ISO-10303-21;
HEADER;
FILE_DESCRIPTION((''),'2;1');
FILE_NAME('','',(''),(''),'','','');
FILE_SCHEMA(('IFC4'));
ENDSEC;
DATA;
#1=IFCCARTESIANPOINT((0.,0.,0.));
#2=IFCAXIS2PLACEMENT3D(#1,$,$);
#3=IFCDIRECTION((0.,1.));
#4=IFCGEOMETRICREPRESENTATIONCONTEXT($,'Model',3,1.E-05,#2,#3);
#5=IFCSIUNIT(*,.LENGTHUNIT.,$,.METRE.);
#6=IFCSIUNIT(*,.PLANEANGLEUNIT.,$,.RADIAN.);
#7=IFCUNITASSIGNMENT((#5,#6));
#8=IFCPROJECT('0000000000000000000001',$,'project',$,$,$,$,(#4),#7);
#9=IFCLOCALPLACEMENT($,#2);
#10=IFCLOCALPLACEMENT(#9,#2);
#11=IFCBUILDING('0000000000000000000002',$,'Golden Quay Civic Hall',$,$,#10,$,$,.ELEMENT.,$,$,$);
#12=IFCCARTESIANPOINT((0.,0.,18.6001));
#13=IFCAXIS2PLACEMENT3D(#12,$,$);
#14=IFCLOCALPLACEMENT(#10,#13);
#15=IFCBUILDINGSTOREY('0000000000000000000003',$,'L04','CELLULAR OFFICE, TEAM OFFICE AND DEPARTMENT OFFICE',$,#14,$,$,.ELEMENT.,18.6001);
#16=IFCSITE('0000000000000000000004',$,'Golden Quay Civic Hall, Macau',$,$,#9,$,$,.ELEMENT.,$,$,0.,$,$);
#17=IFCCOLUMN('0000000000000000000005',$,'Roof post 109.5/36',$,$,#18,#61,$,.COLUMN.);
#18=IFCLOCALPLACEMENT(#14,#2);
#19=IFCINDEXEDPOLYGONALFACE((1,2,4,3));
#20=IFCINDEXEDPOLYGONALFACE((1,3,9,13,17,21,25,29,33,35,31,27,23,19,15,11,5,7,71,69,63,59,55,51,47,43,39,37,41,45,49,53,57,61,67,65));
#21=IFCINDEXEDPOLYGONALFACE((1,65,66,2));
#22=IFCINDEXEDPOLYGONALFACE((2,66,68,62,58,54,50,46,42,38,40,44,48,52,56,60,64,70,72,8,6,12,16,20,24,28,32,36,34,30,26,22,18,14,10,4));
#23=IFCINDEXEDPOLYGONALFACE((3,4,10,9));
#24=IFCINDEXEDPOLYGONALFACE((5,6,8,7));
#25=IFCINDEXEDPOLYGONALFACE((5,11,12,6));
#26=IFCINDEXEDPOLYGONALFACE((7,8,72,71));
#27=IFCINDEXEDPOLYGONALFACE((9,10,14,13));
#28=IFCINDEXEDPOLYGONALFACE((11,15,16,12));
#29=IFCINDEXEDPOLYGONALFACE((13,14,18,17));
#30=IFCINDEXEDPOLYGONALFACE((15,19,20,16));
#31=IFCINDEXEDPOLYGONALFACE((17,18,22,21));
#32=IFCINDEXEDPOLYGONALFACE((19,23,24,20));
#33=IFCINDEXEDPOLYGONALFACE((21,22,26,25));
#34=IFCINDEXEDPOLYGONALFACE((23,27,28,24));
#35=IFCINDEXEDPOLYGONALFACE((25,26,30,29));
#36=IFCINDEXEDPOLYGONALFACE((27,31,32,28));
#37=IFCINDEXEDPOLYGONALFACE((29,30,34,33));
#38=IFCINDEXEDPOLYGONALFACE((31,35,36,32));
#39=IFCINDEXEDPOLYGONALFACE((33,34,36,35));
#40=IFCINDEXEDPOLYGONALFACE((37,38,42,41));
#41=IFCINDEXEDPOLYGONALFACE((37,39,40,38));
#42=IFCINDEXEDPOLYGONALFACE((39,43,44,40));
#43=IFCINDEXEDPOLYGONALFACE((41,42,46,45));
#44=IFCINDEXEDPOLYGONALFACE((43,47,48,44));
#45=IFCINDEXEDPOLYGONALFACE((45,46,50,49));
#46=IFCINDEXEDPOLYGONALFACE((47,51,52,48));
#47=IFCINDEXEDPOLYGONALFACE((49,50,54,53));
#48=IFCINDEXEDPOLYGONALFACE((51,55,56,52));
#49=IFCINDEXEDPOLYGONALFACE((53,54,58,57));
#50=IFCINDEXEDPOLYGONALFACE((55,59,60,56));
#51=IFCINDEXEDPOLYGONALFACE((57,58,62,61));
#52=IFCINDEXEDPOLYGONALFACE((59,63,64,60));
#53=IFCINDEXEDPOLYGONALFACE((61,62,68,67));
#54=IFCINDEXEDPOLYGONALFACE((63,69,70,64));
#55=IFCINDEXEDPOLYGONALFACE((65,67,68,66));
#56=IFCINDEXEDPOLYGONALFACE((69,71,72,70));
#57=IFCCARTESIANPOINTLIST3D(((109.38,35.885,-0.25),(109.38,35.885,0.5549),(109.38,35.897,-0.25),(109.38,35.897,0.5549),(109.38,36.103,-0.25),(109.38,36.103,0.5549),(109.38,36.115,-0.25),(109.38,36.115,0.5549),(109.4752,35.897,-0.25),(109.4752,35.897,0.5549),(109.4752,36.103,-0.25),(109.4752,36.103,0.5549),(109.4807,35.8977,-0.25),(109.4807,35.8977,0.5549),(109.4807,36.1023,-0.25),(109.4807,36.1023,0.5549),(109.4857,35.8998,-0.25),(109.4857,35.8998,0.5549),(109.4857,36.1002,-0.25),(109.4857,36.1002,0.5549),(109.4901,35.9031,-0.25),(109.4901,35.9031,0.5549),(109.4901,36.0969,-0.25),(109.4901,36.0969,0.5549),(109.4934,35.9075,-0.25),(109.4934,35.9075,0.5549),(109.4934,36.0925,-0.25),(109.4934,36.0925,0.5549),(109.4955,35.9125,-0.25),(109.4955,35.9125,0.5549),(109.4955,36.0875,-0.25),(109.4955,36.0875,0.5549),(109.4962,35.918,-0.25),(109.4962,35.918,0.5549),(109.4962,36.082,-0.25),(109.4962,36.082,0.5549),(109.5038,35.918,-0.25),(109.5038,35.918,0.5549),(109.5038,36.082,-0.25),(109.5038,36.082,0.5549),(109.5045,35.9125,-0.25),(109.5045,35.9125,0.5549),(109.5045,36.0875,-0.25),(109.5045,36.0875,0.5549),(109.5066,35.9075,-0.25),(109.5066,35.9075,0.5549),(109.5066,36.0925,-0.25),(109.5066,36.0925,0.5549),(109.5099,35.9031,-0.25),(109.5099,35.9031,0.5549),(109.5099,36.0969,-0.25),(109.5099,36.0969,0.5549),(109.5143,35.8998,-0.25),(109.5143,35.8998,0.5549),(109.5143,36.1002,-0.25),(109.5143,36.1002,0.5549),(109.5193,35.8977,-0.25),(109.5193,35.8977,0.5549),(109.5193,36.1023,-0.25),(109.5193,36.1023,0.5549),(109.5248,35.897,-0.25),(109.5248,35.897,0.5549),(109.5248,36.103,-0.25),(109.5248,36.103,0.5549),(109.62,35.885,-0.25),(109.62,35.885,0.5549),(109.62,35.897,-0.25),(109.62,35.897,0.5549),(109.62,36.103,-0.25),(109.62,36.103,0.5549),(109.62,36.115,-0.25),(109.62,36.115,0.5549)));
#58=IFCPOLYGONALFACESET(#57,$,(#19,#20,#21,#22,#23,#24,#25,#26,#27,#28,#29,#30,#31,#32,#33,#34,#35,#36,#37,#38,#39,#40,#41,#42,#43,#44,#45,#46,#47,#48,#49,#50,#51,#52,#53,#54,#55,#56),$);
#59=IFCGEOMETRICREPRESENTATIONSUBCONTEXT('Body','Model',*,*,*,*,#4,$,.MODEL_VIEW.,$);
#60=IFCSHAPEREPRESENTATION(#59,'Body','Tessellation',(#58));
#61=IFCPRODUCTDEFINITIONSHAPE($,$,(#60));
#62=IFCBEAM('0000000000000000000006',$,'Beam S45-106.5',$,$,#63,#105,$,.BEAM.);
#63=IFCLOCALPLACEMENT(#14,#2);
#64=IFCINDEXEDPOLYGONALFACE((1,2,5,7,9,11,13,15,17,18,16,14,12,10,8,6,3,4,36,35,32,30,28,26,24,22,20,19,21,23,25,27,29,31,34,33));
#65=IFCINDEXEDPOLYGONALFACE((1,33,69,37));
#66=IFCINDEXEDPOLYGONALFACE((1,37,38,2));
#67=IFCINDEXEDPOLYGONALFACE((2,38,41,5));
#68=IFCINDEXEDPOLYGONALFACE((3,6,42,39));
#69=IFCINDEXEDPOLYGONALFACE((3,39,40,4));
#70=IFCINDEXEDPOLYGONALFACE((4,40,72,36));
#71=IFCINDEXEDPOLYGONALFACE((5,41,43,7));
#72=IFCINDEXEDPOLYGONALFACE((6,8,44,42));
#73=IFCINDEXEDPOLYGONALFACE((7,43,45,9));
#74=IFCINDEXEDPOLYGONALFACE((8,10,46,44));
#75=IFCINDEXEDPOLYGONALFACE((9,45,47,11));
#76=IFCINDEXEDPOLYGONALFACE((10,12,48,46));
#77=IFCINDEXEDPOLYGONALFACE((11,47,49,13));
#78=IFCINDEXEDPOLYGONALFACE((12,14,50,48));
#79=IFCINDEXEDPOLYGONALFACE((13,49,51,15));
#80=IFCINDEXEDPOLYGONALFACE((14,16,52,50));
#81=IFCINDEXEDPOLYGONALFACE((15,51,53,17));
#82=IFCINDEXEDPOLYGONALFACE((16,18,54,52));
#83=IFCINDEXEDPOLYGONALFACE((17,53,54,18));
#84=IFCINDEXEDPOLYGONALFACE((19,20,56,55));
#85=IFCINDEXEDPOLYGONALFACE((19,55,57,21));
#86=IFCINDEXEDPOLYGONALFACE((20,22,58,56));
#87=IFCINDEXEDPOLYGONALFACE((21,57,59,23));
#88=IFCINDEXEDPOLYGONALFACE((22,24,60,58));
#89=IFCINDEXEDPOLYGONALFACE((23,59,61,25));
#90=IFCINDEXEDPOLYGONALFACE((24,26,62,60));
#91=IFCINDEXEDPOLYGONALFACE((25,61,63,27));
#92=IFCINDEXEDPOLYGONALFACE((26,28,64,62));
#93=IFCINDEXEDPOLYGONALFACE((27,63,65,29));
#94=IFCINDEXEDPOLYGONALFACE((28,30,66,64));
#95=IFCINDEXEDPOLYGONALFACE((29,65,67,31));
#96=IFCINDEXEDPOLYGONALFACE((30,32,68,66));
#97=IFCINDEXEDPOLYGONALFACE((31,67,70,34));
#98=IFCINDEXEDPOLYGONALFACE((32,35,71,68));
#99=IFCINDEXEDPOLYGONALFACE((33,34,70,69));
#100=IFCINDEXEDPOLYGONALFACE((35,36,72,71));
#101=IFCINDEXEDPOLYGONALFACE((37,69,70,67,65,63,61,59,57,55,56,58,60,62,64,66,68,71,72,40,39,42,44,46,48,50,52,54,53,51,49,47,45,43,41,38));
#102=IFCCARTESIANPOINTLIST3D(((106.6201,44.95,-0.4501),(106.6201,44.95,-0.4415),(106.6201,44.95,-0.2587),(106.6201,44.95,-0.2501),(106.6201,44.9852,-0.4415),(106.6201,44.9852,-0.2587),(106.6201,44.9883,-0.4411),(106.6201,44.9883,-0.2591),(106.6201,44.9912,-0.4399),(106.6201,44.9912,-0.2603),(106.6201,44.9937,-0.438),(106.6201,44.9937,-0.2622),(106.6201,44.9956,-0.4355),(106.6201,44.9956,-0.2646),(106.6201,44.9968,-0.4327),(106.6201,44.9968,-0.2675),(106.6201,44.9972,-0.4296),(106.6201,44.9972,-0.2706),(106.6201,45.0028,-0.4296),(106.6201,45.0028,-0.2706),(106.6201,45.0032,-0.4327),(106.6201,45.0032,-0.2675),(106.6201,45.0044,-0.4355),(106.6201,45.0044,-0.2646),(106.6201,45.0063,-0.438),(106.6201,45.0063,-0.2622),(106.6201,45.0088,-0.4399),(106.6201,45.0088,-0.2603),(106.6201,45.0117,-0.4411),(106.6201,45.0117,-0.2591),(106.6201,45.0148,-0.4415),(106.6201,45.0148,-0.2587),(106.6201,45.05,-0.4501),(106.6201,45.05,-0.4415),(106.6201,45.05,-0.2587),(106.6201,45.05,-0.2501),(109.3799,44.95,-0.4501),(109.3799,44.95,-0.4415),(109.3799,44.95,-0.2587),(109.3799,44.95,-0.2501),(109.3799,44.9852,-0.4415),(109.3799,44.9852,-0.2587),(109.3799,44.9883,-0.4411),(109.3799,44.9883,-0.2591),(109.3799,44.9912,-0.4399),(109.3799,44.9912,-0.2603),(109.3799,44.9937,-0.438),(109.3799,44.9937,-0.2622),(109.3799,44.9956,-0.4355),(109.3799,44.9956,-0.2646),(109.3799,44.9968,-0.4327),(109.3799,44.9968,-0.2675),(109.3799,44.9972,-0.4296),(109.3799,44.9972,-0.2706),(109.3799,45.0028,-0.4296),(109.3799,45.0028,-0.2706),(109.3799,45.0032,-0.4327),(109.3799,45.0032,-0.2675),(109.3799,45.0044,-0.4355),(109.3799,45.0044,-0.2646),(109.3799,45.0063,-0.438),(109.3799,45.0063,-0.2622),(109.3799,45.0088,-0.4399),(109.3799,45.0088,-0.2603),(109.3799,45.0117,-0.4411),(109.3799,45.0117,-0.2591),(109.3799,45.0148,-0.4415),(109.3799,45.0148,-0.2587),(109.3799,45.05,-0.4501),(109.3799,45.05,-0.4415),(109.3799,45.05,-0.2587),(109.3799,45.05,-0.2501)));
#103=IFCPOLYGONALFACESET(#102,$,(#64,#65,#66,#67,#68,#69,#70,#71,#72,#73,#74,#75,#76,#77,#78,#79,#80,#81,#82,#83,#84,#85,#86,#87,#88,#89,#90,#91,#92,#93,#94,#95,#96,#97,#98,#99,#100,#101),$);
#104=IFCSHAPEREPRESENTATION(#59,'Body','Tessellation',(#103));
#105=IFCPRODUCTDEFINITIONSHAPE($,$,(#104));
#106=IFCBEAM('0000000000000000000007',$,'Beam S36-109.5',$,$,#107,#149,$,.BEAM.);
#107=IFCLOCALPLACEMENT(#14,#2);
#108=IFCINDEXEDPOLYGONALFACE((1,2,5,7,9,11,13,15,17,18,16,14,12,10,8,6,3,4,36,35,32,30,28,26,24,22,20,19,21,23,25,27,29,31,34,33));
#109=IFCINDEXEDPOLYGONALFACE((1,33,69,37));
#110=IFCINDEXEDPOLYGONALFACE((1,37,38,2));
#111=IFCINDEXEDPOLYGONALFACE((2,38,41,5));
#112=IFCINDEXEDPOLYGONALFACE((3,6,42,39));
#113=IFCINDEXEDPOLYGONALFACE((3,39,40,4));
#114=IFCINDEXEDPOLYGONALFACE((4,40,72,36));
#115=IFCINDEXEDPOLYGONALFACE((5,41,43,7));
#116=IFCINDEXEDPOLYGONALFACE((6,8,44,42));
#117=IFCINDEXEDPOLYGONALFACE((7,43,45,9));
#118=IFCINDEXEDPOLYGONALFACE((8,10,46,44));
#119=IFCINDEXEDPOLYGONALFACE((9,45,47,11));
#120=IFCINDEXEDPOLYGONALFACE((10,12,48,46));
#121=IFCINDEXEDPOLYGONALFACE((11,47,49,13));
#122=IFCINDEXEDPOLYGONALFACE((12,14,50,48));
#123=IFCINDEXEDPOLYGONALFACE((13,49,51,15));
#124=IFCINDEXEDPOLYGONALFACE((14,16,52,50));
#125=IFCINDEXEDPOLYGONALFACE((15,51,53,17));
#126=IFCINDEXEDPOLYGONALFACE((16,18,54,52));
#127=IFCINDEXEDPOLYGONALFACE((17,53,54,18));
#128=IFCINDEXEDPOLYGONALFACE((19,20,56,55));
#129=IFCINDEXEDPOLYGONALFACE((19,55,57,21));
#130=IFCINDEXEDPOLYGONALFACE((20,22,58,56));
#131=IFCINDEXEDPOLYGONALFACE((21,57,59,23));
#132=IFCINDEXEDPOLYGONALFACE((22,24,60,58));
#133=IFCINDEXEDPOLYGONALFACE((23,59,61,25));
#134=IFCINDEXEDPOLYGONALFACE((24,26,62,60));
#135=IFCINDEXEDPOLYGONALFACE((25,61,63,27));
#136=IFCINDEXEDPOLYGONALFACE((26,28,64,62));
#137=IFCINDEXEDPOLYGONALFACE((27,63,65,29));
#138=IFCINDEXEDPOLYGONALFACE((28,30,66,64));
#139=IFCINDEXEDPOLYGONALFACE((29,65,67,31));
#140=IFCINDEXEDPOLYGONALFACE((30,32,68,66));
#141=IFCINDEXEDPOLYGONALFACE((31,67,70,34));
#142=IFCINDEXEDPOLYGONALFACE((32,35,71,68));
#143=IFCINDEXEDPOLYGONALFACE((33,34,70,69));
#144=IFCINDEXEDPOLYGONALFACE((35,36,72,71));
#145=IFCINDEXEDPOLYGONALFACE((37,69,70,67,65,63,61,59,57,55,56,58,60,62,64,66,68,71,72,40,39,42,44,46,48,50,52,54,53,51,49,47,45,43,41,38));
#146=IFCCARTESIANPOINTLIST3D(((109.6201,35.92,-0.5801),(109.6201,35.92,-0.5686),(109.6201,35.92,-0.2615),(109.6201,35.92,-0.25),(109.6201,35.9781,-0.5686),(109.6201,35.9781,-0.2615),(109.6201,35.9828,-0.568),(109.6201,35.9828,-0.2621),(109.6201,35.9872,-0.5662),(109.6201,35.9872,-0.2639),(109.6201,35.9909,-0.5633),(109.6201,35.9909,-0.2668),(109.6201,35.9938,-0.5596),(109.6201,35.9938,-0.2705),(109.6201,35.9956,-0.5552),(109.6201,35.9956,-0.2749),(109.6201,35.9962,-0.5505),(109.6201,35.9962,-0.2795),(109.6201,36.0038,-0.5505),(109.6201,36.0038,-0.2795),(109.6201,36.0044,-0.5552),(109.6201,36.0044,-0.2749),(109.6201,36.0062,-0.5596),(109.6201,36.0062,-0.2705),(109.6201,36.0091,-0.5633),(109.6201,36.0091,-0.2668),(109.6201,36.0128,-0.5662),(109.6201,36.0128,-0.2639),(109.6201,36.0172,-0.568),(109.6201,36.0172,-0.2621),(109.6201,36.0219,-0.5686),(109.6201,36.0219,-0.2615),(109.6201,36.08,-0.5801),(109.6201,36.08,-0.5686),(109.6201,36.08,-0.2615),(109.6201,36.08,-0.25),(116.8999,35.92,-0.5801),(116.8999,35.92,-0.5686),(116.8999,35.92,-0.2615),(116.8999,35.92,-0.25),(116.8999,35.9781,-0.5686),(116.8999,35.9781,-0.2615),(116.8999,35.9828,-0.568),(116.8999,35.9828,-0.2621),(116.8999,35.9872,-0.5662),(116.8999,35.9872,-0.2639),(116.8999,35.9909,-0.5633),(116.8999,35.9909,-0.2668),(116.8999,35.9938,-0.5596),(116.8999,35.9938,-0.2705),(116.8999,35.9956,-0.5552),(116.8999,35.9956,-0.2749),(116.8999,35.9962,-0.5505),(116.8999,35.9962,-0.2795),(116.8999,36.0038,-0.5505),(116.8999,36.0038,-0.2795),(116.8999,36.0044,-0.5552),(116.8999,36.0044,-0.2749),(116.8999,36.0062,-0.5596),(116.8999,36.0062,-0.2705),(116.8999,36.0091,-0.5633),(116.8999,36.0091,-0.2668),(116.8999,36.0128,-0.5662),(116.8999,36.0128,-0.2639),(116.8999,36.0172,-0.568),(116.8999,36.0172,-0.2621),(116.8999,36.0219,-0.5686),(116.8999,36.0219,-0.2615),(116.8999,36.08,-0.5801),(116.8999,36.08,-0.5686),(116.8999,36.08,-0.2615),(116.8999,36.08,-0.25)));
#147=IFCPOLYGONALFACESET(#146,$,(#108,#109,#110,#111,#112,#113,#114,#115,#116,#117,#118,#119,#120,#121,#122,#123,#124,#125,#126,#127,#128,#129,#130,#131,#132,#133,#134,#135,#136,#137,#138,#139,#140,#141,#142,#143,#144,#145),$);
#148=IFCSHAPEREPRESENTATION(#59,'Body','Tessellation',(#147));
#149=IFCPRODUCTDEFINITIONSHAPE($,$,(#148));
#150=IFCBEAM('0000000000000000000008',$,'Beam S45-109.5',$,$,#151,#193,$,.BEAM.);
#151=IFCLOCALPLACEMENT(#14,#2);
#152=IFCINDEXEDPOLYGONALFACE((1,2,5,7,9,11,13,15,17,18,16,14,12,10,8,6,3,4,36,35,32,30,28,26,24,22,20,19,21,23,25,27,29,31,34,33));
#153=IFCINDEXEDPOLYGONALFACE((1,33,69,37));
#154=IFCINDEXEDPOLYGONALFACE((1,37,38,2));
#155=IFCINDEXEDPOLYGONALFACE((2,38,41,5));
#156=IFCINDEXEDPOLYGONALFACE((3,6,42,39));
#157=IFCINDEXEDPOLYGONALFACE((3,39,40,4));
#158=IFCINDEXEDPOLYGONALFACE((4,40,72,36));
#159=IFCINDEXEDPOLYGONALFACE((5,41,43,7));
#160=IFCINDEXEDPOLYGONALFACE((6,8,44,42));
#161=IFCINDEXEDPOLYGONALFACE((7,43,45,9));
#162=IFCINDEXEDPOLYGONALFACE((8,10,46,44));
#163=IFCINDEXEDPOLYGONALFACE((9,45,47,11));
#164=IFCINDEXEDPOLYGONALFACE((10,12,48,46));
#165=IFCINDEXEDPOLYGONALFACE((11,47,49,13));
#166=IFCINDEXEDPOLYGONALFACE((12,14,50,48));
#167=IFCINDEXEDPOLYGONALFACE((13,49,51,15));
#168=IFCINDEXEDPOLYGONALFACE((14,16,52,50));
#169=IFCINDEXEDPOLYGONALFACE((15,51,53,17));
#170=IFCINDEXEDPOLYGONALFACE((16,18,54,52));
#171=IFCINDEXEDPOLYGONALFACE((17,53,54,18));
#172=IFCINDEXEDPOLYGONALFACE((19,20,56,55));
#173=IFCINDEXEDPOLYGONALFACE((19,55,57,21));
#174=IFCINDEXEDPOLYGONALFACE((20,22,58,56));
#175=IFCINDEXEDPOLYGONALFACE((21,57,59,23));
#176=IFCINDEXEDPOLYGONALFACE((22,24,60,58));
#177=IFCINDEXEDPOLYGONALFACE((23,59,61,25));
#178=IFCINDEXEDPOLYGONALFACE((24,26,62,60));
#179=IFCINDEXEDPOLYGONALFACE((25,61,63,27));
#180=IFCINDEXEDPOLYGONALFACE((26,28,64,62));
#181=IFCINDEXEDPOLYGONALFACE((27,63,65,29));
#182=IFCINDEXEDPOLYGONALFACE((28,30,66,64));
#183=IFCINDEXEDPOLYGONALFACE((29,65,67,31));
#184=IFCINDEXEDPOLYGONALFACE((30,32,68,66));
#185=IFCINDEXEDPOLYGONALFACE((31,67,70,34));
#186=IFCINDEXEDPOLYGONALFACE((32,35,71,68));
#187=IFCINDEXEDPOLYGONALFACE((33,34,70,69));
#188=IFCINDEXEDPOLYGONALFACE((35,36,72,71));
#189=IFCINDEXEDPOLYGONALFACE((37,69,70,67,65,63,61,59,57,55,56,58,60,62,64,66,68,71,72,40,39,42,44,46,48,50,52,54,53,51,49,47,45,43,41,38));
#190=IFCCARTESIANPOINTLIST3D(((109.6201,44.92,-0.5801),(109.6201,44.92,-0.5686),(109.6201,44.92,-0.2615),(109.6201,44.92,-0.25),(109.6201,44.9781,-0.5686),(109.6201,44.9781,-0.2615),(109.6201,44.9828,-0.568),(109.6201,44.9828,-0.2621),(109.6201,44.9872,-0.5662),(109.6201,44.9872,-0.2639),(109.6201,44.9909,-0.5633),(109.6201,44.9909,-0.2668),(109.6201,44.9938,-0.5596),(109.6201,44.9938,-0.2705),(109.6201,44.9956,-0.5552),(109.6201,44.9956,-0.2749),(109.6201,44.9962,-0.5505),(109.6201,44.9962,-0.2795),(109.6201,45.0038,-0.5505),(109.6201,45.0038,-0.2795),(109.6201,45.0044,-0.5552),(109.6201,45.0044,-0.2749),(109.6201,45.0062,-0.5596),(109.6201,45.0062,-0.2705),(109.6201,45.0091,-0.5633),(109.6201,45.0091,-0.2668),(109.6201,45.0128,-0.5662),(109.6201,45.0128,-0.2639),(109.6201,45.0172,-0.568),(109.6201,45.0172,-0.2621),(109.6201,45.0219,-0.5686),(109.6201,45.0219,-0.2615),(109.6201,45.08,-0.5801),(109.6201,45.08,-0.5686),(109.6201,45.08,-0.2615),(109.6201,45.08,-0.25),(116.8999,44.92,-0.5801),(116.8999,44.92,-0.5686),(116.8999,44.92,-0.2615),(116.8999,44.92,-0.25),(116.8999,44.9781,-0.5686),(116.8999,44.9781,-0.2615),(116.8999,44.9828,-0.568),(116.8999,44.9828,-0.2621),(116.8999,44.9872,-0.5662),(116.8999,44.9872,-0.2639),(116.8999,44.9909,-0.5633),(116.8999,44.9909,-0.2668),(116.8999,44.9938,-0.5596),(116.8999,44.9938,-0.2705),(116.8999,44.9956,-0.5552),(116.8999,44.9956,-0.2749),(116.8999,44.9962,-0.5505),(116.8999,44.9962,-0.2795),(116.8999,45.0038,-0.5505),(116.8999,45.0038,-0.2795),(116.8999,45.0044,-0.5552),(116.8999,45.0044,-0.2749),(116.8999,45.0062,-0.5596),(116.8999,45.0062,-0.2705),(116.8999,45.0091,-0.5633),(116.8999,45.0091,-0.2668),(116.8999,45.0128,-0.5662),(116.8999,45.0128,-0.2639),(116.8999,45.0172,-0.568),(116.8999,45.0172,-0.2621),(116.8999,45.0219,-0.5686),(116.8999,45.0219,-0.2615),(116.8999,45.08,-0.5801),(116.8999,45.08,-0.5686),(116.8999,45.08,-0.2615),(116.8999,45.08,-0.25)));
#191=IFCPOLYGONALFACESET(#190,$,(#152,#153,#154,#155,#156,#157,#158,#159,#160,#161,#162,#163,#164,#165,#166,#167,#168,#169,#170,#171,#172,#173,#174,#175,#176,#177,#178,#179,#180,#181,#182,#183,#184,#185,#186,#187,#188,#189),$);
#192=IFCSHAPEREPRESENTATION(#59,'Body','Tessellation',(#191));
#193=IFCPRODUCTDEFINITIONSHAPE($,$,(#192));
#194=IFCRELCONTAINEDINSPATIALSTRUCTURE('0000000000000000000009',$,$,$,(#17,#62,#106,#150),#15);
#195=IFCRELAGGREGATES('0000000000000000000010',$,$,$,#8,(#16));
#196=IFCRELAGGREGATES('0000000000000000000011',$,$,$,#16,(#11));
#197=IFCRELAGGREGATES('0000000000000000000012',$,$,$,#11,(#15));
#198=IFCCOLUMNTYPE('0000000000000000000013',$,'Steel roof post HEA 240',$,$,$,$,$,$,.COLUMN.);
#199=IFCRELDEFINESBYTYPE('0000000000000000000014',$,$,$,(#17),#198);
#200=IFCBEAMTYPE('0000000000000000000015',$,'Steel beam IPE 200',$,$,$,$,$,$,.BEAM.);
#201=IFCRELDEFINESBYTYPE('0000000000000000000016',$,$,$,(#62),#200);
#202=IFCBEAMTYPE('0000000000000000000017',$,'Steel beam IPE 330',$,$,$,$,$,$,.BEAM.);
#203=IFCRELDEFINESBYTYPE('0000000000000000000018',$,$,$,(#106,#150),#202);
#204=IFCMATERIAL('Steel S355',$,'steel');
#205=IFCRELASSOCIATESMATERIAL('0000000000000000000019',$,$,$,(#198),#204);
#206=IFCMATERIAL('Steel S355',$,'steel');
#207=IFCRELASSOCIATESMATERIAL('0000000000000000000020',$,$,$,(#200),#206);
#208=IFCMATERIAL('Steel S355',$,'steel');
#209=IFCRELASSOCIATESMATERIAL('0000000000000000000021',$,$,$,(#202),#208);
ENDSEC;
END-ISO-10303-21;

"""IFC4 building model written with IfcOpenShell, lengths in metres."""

from ifc_helpers import new_model, si_unit, direction, frame, origin, origin_2d, place, context, subcontext, project, spatial, i_section, extrude, material, material_profile, profile_set, type_object, element, save


model = new_model("IFC4")

# Units and contexts
model_context = context("Model", 3, precision=1e-05, world=origin(), true_north=direction((0.0, 1.0)))
body_context = subcontext(model_context, "Body", "Model", "MODEL_VIEW")
ifc_project = project(units=[si_unit("LENGTHUNIT", "METRE"), si_unit("PLANEANGLEUNIT", "RADIAN")], contexts=[model_context])

# Site, building, storey
site_placement = place(None, origin())
site = spatial("IfcSite", under=ifc_project, at=site_placement, Name="Golden Quay Civic Hall, Macau", CompositionType="ELEMENT", RefElevation=0.0)
building_placement = place(site_placement, origin())
building = spatial("IfcBuilding", under=site, at=building_placement, Name="Golden Quay Civic Hall", CompositionType="ELEMENT")
storey_placement = place(building_placement, frame((0.0, 0.0, 18.6001)))
storey = spatial("IfcBuildingStorey", under=building, at=storey_placement, Name="L04", Description="CELLULAR OFFICE, TEAM OFFICE AND DEPARTMENT OFFICE", CompositionType="ELEMENT", Elevation=18.6001)

# Column
ifc_material_1 = material(Name="Steel S355", Category="steel")
ifc_material_profile_1 = material_profile(ifc_material_1, i_section(OverallWidth=0.24, OverallDepth=0.23, WebThickness=0.0076, FlangeThickness=0.012, FilletRadius=0.021, at=origin_2d()), Name="HEA 240")
ifc_profile_set_1 = profile_set([ifc_material_profile_1], Name="Steel S355")
column_type = type_object("IfcColumnType", Name="Steel roof post HEA 240", PredefinedType="COLUMN", material=ifc_profile_set_1)
column_placement = place(storey_placement, frame((109.5, 36.0, -0.25), z_axis=(0.0, 0.0, 1.0), x_axis=(1.0, 0.0, 0.0)))
element("IfcColumn", 1, at=column_placement, inside=storey, type_object=column_type, Name="Roof post 109.5/36", PredefinedType="COLUMN", context=body_context, shape_type="SweptSolid", body=[
    extrude(i_section(OverallWidth=0.24, OverallDepth=0.23, WebThickness=0.0076, FlangeThickness=0.012, FilletRadius=0.021, at=origin_2d()), origin(), (0.0, 0.0, 1.0), 0.8049),
])

# Beams
ifc_material_2 = material(Name="Steel S355", Category="steel")
ifc_material_profile_2 = material_profile(ifc_material_2, i_section(OverallWidth=0.1001, OverallDepth=0.2, WebThickness=0.0056, FlangeThickness=0.0085, FilletRadius=0.012, at=origin_2d()), Name="IPE 200")
ifc_profile_set_2 = profile_set([ifc_material_profile_2], Name="Steel S355")
beam_type_1 = type_object("IfcBeamType", Name="Steel beam IPE 200", PredefinedType="BEAM", material=ifc_profile_set_2)
beam_1_placement = place(storey_placement, frame((106.6201, 45.0, -0.3501), z_axis=(1.0, 0.0, 0.0), x_axis=(0.0, 1.0, 0.0)))
element("IfcBeam", 2, at=beam_1_placement, inside=storey, type_object=beam_type_1, Name="Beam S45-106.5", PredefinedType="BEAM", context=body_context, shape_type="SweptSolid", body=[
    extrude(i_section(OverallWidth=0.1001, OverallDepth=0.2, WebThickness=0.0056, FlangeThickness=0.0085, FilletRadius=0.012, at=origin_2d()), origin(), (0.0, 0.0, 1.0), 2.7598),
])
ifc_material_3 = material(Name="Steel S355", Category="steel")
ifc_material_profile_3 = material_profile(ifc_material_3, i_section(OverallWidth=0.1599, OverallDepth=0.3301, WebThickness=0.0076, FlangeThickness=0.0115, FilletRadius=0.0181, at=origin_2d()), Name="IPE 330")
ifc_profile_set_3 = profile_set([ifc_material_profile_3], Name="Steel S355")
beam_type_2 = type_object("IfcBeamType", Name="Steel beam IPE 330", PredefinedType="BEAM", material=ifc_profile_set_3)
for number, where, z_axis, x_axis, name in (
    (3, (109.6201, 36.0, -0.415), (1.0, 0.0, 0.0), (0.0, 1.0, 0.0), "Beam S36-109.5"),
    (4, (109.6201, 45.0, -0.415), (1.0, 0.0, 0.0), (0.0, 1.0, 0.0), "Beam S45-109.5"),
):
    element("IfcBeam", number, at=place(storey_placement, frame(where, z_axis=z_axis, x_axis=x_axis)), inside=storey, type_object=beam_type_2, Name=name, PredefinedType="BEAM", context=body_context, shape_type="SweptSolid", body=[
        extrude(i_section(OverallWidth=0.1599, OverallDepth=0.3301, WebThickness=0.0076, FlangeThickness=0.0115, FilletRadius=0.0181, at=origin_2d()), origin(), (0.0, 0.0, 1.0), 7.2798),
    ])

save(model, "model.ifc")
